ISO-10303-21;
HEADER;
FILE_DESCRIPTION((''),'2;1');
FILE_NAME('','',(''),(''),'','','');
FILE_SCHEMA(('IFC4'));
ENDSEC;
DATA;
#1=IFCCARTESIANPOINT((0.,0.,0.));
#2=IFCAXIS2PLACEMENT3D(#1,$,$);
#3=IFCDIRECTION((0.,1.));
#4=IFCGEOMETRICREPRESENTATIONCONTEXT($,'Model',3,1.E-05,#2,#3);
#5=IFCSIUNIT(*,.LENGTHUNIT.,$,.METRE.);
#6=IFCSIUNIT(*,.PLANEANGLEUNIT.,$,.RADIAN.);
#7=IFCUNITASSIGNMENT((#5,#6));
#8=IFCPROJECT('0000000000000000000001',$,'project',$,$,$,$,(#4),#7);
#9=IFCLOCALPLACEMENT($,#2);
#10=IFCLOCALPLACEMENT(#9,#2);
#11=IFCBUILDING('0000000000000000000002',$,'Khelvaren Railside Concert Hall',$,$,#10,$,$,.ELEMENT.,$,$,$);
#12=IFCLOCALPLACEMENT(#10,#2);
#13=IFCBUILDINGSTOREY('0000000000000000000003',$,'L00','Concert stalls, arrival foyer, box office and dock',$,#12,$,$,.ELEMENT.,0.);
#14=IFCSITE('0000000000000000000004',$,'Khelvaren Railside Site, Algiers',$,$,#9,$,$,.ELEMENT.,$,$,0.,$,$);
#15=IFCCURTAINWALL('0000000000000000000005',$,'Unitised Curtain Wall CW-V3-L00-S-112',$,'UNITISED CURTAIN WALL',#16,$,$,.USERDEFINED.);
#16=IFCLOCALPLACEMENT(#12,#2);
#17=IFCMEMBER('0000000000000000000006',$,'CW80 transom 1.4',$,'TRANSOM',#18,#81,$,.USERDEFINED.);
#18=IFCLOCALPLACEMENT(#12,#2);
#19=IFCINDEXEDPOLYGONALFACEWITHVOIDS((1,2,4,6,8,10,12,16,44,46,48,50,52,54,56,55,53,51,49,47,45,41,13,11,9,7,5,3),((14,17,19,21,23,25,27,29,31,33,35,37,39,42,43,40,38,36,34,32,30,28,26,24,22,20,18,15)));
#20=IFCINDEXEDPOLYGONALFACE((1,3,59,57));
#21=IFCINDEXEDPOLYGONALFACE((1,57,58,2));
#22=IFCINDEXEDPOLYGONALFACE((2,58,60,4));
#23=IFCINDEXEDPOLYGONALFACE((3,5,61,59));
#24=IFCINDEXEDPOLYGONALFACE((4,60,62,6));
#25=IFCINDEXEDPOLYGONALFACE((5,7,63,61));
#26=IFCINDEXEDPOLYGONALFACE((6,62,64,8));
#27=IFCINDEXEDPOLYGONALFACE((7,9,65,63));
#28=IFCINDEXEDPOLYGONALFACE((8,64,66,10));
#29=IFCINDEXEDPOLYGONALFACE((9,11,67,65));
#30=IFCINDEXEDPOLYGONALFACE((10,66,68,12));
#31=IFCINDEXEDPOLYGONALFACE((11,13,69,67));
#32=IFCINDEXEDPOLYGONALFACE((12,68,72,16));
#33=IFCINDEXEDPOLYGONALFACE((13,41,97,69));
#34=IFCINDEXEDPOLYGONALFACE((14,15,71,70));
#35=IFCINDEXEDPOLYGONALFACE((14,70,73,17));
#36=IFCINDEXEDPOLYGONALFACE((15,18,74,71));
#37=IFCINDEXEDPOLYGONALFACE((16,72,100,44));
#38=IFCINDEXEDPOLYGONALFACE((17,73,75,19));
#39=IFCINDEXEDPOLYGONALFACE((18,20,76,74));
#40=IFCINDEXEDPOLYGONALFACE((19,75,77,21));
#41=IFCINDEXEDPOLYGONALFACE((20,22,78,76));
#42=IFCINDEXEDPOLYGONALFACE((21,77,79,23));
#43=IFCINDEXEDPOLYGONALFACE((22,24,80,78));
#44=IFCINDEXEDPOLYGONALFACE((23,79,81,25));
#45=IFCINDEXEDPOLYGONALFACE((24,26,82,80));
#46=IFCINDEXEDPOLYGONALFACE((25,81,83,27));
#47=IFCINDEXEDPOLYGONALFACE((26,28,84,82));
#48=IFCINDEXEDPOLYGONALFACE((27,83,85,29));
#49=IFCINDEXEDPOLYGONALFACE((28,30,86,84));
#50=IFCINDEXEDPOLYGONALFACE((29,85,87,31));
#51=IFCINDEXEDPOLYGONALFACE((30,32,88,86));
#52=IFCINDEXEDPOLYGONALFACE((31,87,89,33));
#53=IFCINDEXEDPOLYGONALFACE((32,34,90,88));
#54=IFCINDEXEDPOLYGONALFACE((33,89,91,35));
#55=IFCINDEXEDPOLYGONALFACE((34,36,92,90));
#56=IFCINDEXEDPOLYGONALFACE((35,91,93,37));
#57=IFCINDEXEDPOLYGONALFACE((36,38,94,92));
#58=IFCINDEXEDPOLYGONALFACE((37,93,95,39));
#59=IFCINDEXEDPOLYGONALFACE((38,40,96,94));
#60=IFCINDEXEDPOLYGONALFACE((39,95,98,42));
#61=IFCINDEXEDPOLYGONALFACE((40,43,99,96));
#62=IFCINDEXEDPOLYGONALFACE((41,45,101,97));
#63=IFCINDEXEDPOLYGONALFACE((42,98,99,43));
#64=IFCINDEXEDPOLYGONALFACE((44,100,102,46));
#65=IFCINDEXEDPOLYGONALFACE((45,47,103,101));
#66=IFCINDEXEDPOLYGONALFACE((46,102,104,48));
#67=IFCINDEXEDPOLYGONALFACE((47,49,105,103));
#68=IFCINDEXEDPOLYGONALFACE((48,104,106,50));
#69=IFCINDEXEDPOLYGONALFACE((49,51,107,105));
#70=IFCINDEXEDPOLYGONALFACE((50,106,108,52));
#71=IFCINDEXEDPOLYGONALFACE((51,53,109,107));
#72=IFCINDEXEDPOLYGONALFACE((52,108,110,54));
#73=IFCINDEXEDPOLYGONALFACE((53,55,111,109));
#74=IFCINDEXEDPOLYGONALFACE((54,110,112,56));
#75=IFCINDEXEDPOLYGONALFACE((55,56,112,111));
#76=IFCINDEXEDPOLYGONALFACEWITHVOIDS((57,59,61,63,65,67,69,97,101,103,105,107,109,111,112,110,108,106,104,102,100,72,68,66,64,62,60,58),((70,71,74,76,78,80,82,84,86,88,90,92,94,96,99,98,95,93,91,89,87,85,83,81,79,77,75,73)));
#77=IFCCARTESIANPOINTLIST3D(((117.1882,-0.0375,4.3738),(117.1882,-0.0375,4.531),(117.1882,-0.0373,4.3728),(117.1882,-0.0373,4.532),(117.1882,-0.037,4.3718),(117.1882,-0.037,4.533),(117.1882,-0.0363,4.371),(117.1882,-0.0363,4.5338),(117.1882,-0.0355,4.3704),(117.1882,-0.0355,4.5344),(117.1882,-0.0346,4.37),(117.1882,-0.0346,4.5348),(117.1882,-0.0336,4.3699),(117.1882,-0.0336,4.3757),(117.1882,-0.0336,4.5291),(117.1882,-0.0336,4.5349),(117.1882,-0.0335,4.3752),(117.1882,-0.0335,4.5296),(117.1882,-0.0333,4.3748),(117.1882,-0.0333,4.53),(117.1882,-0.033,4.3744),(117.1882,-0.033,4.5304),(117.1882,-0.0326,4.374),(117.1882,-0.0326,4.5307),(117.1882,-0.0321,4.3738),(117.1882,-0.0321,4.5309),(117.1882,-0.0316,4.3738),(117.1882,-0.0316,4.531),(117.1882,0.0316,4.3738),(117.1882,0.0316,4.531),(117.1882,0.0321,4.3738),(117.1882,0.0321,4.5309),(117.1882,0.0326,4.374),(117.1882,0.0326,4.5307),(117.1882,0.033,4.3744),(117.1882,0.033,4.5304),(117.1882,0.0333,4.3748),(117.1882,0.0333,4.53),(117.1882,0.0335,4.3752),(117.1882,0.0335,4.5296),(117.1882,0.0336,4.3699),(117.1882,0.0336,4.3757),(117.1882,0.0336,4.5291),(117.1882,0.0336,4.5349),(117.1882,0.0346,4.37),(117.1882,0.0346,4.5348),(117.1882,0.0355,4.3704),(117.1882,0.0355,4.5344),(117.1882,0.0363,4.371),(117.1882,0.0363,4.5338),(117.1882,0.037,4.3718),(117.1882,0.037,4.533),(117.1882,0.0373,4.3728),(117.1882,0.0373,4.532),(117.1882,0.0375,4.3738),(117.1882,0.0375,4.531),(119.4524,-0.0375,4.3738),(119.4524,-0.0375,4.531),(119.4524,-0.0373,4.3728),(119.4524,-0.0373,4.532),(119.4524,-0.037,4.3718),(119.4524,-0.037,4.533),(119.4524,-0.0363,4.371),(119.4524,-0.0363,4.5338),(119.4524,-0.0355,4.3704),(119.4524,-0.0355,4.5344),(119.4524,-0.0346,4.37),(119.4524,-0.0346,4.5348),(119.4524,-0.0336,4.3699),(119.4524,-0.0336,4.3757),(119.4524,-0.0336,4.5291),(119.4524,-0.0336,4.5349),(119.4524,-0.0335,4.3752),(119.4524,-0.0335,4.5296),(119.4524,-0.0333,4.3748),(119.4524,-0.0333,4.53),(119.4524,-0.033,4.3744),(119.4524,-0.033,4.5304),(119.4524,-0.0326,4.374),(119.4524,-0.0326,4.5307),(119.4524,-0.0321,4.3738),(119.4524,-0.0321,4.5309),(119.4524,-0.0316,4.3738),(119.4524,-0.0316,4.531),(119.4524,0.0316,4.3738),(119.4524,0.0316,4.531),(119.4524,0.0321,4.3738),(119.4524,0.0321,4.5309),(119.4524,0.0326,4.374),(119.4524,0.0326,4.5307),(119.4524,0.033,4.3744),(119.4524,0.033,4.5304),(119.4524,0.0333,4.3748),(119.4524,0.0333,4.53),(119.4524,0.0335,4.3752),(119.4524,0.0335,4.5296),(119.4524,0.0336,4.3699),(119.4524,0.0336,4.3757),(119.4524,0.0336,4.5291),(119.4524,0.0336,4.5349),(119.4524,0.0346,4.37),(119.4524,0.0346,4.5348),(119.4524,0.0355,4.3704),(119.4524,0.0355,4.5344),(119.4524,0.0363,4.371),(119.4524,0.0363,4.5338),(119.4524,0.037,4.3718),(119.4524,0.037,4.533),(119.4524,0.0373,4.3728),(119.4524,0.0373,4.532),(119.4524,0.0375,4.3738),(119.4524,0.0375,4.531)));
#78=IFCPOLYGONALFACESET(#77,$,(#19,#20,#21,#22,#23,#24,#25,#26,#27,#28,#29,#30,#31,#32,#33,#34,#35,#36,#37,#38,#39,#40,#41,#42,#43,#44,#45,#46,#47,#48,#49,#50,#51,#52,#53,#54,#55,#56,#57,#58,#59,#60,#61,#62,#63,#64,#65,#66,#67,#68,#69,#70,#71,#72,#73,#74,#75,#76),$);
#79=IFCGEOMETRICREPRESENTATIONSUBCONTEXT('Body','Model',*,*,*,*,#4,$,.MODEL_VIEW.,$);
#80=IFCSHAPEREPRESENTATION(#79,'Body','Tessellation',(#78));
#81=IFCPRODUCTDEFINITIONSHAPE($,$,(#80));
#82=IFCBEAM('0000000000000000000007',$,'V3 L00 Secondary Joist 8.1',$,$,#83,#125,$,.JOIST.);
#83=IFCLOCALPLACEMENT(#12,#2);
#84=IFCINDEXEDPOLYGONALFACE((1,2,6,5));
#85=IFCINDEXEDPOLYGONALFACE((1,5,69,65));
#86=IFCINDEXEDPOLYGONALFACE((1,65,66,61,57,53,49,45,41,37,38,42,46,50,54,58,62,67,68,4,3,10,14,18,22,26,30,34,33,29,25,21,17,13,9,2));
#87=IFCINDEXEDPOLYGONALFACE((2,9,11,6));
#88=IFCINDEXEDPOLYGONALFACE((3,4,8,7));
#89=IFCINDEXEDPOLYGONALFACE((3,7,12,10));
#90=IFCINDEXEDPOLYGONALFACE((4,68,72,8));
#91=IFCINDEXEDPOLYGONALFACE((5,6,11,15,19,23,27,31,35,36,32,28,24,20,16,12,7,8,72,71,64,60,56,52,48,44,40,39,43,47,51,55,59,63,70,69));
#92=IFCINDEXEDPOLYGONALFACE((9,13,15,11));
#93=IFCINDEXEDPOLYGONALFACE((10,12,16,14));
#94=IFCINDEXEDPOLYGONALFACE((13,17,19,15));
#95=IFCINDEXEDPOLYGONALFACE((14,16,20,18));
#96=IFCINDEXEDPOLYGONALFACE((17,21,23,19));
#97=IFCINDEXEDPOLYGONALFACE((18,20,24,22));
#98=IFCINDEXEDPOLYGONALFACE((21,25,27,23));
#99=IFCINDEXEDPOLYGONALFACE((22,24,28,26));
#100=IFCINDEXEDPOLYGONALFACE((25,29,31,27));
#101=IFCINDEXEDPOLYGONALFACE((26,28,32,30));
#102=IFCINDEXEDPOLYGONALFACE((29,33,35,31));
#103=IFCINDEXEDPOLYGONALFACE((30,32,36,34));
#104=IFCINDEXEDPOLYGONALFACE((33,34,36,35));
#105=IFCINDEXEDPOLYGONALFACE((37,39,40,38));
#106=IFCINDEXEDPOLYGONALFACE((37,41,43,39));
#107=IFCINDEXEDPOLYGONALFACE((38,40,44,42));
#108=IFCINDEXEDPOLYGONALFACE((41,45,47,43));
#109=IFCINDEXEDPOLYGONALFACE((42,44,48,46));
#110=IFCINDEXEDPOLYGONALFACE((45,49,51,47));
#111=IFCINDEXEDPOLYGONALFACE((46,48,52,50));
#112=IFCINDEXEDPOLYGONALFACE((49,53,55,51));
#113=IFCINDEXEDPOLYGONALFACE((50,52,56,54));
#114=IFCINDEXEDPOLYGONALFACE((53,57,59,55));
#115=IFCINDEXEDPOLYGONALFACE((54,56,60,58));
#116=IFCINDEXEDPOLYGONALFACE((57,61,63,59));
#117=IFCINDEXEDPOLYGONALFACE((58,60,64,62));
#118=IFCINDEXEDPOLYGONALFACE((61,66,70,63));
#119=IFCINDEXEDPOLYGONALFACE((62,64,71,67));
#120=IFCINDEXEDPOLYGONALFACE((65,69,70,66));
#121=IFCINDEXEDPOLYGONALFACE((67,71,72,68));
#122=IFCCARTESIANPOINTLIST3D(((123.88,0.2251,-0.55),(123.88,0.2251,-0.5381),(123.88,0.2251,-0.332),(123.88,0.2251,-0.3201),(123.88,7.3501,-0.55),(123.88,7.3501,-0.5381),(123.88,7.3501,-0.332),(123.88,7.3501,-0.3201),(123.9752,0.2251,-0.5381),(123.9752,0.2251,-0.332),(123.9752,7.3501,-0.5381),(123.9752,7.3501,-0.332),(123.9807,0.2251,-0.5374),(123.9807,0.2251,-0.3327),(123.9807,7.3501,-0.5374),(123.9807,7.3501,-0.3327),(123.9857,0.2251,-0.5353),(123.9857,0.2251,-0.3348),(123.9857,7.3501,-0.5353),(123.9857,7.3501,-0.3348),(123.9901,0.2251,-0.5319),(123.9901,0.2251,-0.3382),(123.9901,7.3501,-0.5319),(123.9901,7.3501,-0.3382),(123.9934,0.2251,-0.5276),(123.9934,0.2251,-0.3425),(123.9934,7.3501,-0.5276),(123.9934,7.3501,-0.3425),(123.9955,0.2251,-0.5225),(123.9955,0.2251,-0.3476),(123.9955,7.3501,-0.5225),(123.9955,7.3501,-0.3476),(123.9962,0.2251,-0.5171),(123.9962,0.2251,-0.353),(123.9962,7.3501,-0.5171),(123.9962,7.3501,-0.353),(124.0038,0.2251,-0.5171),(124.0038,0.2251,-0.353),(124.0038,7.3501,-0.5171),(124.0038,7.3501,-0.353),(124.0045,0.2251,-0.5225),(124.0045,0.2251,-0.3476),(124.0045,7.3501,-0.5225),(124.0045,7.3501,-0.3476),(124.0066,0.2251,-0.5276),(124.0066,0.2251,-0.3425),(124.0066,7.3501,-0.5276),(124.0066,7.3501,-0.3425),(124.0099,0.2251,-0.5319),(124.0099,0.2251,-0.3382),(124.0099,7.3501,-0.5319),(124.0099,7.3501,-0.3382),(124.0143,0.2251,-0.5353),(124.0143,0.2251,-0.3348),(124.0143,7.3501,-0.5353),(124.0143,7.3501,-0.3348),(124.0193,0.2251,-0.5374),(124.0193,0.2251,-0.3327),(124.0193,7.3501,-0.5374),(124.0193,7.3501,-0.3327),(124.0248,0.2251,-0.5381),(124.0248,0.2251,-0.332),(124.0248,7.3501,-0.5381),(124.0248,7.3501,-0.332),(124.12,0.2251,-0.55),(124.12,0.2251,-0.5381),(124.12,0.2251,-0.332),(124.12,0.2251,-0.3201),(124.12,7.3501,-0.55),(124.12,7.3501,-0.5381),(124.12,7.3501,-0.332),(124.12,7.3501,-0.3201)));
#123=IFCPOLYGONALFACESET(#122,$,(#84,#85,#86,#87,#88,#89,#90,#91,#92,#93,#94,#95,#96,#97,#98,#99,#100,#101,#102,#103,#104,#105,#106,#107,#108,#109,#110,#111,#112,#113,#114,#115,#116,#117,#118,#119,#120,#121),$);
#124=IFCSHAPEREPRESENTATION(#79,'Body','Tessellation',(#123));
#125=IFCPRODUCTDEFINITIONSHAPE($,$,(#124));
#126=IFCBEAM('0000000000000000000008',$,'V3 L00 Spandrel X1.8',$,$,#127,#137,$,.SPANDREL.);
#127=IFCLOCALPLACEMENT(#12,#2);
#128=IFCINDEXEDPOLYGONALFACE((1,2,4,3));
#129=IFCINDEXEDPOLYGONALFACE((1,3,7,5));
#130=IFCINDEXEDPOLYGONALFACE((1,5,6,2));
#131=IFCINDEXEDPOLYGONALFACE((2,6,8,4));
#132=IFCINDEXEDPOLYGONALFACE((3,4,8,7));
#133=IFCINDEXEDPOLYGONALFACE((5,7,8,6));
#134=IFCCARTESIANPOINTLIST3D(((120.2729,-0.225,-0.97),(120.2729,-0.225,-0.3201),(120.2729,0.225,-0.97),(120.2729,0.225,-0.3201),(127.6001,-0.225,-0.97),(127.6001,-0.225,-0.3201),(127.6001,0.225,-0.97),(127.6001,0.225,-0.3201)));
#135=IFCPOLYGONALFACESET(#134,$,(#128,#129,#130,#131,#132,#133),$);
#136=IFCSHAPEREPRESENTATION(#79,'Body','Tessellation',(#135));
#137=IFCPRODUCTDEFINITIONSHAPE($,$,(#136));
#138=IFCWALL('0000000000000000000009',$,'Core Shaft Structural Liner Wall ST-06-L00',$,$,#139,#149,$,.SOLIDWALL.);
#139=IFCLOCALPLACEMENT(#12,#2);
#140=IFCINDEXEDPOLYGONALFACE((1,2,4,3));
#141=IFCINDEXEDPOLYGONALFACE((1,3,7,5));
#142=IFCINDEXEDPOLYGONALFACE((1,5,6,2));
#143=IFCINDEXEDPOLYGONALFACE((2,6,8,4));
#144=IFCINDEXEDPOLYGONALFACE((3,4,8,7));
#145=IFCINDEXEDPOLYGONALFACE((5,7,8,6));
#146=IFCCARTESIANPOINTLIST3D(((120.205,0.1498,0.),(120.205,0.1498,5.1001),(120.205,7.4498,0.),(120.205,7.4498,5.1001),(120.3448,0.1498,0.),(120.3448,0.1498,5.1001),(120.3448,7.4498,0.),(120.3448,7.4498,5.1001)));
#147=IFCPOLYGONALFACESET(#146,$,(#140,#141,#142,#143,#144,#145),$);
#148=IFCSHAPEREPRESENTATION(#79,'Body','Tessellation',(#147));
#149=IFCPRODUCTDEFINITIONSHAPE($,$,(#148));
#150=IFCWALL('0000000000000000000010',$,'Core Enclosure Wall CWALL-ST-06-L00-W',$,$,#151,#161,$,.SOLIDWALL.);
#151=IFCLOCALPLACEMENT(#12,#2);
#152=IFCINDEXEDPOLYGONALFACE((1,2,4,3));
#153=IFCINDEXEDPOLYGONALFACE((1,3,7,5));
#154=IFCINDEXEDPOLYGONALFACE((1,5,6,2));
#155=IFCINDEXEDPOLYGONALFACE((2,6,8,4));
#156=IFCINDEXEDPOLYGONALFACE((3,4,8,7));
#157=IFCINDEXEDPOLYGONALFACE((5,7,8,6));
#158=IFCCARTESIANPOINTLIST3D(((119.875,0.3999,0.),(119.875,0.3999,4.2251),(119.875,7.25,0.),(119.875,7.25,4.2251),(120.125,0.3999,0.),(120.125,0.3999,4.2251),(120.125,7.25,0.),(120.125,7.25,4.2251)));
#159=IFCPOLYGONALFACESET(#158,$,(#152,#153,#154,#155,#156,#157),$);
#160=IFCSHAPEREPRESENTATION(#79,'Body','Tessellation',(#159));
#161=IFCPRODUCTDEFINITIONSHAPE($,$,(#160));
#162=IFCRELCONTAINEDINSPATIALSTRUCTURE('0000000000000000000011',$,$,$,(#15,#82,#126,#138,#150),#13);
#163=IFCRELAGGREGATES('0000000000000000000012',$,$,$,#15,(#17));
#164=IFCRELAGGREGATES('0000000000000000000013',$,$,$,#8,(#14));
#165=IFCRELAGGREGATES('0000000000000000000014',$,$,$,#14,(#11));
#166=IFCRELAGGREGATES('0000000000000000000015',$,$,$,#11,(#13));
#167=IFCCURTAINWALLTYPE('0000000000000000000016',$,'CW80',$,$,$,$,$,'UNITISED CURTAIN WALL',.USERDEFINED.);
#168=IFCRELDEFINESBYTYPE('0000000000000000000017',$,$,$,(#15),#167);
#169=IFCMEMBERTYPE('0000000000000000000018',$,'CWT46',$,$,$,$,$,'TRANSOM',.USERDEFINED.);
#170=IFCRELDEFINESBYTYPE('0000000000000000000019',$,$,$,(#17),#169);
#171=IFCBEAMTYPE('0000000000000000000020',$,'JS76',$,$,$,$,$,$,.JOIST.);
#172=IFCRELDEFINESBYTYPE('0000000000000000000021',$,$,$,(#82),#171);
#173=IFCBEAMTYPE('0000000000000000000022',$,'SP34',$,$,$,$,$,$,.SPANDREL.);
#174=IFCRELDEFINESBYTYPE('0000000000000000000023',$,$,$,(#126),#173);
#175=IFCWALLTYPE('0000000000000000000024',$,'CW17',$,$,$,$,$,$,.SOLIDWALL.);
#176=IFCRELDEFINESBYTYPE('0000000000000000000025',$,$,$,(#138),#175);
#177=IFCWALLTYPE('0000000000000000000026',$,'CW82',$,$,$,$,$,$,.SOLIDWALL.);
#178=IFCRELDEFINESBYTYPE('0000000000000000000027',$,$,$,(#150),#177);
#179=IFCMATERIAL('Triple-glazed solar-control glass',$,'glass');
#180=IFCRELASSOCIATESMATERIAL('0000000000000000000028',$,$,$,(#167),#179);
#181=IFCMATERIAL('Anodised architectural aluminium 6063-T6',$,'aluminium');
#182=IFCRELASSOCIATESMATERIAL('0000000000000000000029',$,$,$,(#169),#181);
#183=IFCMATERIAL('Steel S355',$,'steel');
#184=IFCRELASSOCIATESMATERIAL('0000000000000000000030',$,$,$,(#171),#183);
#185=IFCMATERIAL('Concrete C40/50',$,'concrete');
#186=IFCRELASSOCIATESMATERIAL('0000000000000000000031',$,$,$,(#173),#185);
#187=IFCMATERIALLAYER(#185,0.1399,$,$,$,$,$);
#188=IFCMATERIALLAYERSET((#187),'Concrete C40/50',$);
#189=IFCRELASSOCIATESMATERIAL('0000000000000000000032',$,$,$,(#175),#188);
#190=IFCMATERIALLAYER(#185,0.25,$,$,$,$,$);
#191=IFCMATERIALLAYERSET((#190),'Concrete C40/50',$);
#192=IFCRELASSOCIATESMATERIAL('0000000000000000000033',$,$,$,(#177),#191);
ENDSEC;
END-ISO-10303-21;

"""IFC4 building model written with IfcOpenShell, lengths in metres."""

from ifc_helpers import new_model, si_unit, direction, frame, frame_2d, origin, origin_2d, place, context, subcontext, project, spatial, rectangle, hollow_rectangle, i_section, extrude, material, layer, layer_set, material_profile, profile_set, type_object, element, aggregate, save


model = new_model("IFC4")

# Units and contexts
model_context = context("Model", 3, precision=1e-05, world=origin(), true_north=direction((0.0, 1.0)))
body_context = subcontext(model_context, "Body", "Model", "MODEL_VIEW")
ifc_project = project(units=[si_unit("LENGTHUNIT", "METRE"), si_unit("PLANEANGLEUNIT", "RADIAN")], contexts=[model_context])

# Site, building, storey
site_placement = place(None, origin())
site = spatial("IfcSite", under=ifc_project, at=site_placement, Name="Khelvaren Railside Site, Algiers", CompositionType="ELEMENT", RefElevation=0.0)
building_placement = place(site_placement, origin())
building = spatial("IfcBuilding", under=site, at=building_placement, Name="Khelvaren Railside Concert Hall", CompositionType="ELEMENT")
storey_placement = place(building_placement, origin())
storey = spatial("IfcBuildingStorey", under=building, at=storey_placement, Name="L00", Description="Concert stalls, arrival foyer, box office and dock", CompositionType="ELEMENT", Elevation=0.0)

# Shared definitions
ifc_material_1 = material(Name="Steel S355", Category="steel")

# Curtain wall, member
ifc_material_2 = material(Name="Triple-glazed solar-control glass", Category="glass")
curtain_wall_type = type_object("IfcCurtainWallType", Name="CW80", ElementType="UNITISED CURTAIN WALL", PredefinedType="USERDEFINED", material=ifc_material_2)
curtain_wall_placement = place(storey_placement, origin())
curtain_wall = element("IfcCurtainWall", 1, at=curtain_wall_placement, inside=storey, type_object=curtain_wall_type, Name="Unitised Curtain Wall CW-V3-L00-S-112", ObjectType="UNITISED CURTAIN WALL", PredefinedType="USERDEFINED")
ifc_material_3 = material(Name="Anodised architectural aluminium 6063-T6", Category="aluminium")
ifc_material_profile_1 = material_profile(ifc_material_3, hollow_rectangle(XDim=0.075, YDim=0.165, WallThickness=0.0039, InnerFilletRadius=0.002, OuterFilletRadius=0.0039, at=origin_2d()), Name="CWT 75x165x4")
ifc_profile_set_1 = profile_set([ifc_material_profile_1], Name="Anodised architectural aluminium 6063-T6")
member_type_1 = type_object("IfcMemberType", Name="CWT46", ElementType="TRANSOM", PredefinedType="USERDEFINED", material=ifc_profile_set_1)
member_1_placement = place(storey_placement, frame((119.4524, 0.0, 4.4524), z_axis=(-1.0, 0.0, 0.0), x_axis=(0.0, -1.0, 0.0)))
member_1 = element("IfcMember", 2, at=member_1_placement, type_object=member_type_1, Name="CW80 transom 1.4", ObjectType="TRANSOM", PredefinedType="USERDEFINED", context=body_context, shape_type="SweptSolid", body=[
    extrude(hollow_rectangle(XDim=0.075, YDim=0.165, WallThickness=0.0039, InnerFilletRadius=0.002, OuterFilletRadius=0.0039, at=origin_2d()), origin(), (0.0, 0.0, 1.0), 2.2642),
])
aggregate(curtain_wall, [member_1])

# Beams
ifc_material_profile_2 = material_profile(ifc_material_1, i_section(OverallWidth=0.24, OverallDepth=0.23, WebThickness=0.0076, FlangeThickness=0.012, FilletRadius=0.021, at=origin_2d()), Name="HEA 240")
ifc_profile_set_2 = profile_set([ifc_material_profile_2], Name="Steel S355")
beam_type_1 = type_object("IfcBeamType", Name="JS76", PredefinedType="JOIST", material=ifc_profile_set_2)
beam_1_placement = place(storey_placement, frame((124.0, 0.2251, -0.4351), z_axis=(0.0, 1.0, 0.0), x_axis=(-1.0, 0.0, 0.0)))
element("IfcBeam", 3, at=beam_1_placement, inside=storey, type_object=beam_type_1, Name="V3 L00 Secondary Joist 8.1", PredefinedType="JOIST", context=body_context, shape_type="SweptSolid", body=[
    extrude(i_section(OverallWidth=0.24, OverallDepth=0.23, WebThickness=0.0076, FlangeThickness=0.012, FilletRadius=0.021, at=origin_2d()), origin(), (0.0, 0.0, 1.0), 7.125),
])
ifc_material_4 = material(Name="Concrete C40/50", Category="concrete")
ifc_material_profile_3 = material_profile(ifc_material_4, rectangle(XDim=0.45, YDim=0.6499, at=origin_2d()), Name="RCB 450x650")
ifc_profile_set_3 = profile_set([ifc_material_profile_3], Name="Concrete C40/50")
beam_type_2 = type_object("IfcBeamType", Name="SP34", PredefinedType="SPANDREL", material=ifc_profile_set_3)
beam_2_placement = place(storey_placement, frame((120.2729, 0.0, -0.645), z_axis=(1.0, 0.0, 0.0), x_axis=(0.0, 1.0, 0.0)))
element("IfcBeam", 4, at=beam_2_placement, inside=storey, type_object=beam_type_2, Name="V3 L00 Spandrel X1.8", PredefinedType="SPANDREL", context=body_context, shape_type="SweptSolid", body=[
    extrude(rectangle(XDim=0.45, YDim=0.6499, at=origin_2d()), origin(), (0.0, 0.0, 1.0), 7.3271),
])

# Walls
ifc_layer_1 = layer(ifc_material_4, 0.1399)
ifc_layer_set_1 = layer_set([ifc_layer_1], Name="Concrete C40/50")
wall_type_1 = type_object("IfcWallType", Name="CW17", PredefinedType="SOLIDWALL", material=ifc_layer_set_1)
wall_1_placement = place(storey_placement, frame((120.2749, 0.1499, 0.0), z_axis=(0.0, 0.0, 1.0), x_axis=(0.0, 1.0, 0.0)))
element("IfcWall", 5, at=wall_1_placement, inside=storey, type_object=wall_type_1, Name="Core Shaft Structural Liner Wall ST-06-L00", PredefinedType="SOLIDWALL", context=body_context, shape_type="SweptSolid", body=[
    extrude(rectangle(XDim=7.3, YDim=0.1399, at=frame_2d((3.6499, 0.0))), origin(), (0.0, 0.0, 1.0), 5.1001),
])
ifc_layer_2 = layer(ifc_material_4, 0.25)
ifc_layer_set_2 = layer_set([ifc_layer_2], Name="Concrete C40/50")
wall_type_2 = type_object("IfcWallType", Name="CW82", PredefinedType="SOLIDWALL", material=ifc_layer_set_2)
wall_2_placement = place(storey_placement, frame((120.0, 0.3999, 0.0), z_axis=(0.0, 0.0, 1.0), x_axis=(0.0, 1.0, 0.0)))
element("IfcWall", 6, at=wall_2_placement, inside=storey, type_object=wall_type_2, Name="Core Enclosure Wall CWALL-ST-06-L00-W", PredefinedType="SOLIDWALL", context=body_context, shape_type="SweptSolid", body=[
    extrude(rectangle(XDim=6.8501, YDim=0.25, at=frame_2d((3.425, 0.0))), origin(), (0.0, 0.0, 1.0), 4.2251),
])

save(model, "model.ifc")
